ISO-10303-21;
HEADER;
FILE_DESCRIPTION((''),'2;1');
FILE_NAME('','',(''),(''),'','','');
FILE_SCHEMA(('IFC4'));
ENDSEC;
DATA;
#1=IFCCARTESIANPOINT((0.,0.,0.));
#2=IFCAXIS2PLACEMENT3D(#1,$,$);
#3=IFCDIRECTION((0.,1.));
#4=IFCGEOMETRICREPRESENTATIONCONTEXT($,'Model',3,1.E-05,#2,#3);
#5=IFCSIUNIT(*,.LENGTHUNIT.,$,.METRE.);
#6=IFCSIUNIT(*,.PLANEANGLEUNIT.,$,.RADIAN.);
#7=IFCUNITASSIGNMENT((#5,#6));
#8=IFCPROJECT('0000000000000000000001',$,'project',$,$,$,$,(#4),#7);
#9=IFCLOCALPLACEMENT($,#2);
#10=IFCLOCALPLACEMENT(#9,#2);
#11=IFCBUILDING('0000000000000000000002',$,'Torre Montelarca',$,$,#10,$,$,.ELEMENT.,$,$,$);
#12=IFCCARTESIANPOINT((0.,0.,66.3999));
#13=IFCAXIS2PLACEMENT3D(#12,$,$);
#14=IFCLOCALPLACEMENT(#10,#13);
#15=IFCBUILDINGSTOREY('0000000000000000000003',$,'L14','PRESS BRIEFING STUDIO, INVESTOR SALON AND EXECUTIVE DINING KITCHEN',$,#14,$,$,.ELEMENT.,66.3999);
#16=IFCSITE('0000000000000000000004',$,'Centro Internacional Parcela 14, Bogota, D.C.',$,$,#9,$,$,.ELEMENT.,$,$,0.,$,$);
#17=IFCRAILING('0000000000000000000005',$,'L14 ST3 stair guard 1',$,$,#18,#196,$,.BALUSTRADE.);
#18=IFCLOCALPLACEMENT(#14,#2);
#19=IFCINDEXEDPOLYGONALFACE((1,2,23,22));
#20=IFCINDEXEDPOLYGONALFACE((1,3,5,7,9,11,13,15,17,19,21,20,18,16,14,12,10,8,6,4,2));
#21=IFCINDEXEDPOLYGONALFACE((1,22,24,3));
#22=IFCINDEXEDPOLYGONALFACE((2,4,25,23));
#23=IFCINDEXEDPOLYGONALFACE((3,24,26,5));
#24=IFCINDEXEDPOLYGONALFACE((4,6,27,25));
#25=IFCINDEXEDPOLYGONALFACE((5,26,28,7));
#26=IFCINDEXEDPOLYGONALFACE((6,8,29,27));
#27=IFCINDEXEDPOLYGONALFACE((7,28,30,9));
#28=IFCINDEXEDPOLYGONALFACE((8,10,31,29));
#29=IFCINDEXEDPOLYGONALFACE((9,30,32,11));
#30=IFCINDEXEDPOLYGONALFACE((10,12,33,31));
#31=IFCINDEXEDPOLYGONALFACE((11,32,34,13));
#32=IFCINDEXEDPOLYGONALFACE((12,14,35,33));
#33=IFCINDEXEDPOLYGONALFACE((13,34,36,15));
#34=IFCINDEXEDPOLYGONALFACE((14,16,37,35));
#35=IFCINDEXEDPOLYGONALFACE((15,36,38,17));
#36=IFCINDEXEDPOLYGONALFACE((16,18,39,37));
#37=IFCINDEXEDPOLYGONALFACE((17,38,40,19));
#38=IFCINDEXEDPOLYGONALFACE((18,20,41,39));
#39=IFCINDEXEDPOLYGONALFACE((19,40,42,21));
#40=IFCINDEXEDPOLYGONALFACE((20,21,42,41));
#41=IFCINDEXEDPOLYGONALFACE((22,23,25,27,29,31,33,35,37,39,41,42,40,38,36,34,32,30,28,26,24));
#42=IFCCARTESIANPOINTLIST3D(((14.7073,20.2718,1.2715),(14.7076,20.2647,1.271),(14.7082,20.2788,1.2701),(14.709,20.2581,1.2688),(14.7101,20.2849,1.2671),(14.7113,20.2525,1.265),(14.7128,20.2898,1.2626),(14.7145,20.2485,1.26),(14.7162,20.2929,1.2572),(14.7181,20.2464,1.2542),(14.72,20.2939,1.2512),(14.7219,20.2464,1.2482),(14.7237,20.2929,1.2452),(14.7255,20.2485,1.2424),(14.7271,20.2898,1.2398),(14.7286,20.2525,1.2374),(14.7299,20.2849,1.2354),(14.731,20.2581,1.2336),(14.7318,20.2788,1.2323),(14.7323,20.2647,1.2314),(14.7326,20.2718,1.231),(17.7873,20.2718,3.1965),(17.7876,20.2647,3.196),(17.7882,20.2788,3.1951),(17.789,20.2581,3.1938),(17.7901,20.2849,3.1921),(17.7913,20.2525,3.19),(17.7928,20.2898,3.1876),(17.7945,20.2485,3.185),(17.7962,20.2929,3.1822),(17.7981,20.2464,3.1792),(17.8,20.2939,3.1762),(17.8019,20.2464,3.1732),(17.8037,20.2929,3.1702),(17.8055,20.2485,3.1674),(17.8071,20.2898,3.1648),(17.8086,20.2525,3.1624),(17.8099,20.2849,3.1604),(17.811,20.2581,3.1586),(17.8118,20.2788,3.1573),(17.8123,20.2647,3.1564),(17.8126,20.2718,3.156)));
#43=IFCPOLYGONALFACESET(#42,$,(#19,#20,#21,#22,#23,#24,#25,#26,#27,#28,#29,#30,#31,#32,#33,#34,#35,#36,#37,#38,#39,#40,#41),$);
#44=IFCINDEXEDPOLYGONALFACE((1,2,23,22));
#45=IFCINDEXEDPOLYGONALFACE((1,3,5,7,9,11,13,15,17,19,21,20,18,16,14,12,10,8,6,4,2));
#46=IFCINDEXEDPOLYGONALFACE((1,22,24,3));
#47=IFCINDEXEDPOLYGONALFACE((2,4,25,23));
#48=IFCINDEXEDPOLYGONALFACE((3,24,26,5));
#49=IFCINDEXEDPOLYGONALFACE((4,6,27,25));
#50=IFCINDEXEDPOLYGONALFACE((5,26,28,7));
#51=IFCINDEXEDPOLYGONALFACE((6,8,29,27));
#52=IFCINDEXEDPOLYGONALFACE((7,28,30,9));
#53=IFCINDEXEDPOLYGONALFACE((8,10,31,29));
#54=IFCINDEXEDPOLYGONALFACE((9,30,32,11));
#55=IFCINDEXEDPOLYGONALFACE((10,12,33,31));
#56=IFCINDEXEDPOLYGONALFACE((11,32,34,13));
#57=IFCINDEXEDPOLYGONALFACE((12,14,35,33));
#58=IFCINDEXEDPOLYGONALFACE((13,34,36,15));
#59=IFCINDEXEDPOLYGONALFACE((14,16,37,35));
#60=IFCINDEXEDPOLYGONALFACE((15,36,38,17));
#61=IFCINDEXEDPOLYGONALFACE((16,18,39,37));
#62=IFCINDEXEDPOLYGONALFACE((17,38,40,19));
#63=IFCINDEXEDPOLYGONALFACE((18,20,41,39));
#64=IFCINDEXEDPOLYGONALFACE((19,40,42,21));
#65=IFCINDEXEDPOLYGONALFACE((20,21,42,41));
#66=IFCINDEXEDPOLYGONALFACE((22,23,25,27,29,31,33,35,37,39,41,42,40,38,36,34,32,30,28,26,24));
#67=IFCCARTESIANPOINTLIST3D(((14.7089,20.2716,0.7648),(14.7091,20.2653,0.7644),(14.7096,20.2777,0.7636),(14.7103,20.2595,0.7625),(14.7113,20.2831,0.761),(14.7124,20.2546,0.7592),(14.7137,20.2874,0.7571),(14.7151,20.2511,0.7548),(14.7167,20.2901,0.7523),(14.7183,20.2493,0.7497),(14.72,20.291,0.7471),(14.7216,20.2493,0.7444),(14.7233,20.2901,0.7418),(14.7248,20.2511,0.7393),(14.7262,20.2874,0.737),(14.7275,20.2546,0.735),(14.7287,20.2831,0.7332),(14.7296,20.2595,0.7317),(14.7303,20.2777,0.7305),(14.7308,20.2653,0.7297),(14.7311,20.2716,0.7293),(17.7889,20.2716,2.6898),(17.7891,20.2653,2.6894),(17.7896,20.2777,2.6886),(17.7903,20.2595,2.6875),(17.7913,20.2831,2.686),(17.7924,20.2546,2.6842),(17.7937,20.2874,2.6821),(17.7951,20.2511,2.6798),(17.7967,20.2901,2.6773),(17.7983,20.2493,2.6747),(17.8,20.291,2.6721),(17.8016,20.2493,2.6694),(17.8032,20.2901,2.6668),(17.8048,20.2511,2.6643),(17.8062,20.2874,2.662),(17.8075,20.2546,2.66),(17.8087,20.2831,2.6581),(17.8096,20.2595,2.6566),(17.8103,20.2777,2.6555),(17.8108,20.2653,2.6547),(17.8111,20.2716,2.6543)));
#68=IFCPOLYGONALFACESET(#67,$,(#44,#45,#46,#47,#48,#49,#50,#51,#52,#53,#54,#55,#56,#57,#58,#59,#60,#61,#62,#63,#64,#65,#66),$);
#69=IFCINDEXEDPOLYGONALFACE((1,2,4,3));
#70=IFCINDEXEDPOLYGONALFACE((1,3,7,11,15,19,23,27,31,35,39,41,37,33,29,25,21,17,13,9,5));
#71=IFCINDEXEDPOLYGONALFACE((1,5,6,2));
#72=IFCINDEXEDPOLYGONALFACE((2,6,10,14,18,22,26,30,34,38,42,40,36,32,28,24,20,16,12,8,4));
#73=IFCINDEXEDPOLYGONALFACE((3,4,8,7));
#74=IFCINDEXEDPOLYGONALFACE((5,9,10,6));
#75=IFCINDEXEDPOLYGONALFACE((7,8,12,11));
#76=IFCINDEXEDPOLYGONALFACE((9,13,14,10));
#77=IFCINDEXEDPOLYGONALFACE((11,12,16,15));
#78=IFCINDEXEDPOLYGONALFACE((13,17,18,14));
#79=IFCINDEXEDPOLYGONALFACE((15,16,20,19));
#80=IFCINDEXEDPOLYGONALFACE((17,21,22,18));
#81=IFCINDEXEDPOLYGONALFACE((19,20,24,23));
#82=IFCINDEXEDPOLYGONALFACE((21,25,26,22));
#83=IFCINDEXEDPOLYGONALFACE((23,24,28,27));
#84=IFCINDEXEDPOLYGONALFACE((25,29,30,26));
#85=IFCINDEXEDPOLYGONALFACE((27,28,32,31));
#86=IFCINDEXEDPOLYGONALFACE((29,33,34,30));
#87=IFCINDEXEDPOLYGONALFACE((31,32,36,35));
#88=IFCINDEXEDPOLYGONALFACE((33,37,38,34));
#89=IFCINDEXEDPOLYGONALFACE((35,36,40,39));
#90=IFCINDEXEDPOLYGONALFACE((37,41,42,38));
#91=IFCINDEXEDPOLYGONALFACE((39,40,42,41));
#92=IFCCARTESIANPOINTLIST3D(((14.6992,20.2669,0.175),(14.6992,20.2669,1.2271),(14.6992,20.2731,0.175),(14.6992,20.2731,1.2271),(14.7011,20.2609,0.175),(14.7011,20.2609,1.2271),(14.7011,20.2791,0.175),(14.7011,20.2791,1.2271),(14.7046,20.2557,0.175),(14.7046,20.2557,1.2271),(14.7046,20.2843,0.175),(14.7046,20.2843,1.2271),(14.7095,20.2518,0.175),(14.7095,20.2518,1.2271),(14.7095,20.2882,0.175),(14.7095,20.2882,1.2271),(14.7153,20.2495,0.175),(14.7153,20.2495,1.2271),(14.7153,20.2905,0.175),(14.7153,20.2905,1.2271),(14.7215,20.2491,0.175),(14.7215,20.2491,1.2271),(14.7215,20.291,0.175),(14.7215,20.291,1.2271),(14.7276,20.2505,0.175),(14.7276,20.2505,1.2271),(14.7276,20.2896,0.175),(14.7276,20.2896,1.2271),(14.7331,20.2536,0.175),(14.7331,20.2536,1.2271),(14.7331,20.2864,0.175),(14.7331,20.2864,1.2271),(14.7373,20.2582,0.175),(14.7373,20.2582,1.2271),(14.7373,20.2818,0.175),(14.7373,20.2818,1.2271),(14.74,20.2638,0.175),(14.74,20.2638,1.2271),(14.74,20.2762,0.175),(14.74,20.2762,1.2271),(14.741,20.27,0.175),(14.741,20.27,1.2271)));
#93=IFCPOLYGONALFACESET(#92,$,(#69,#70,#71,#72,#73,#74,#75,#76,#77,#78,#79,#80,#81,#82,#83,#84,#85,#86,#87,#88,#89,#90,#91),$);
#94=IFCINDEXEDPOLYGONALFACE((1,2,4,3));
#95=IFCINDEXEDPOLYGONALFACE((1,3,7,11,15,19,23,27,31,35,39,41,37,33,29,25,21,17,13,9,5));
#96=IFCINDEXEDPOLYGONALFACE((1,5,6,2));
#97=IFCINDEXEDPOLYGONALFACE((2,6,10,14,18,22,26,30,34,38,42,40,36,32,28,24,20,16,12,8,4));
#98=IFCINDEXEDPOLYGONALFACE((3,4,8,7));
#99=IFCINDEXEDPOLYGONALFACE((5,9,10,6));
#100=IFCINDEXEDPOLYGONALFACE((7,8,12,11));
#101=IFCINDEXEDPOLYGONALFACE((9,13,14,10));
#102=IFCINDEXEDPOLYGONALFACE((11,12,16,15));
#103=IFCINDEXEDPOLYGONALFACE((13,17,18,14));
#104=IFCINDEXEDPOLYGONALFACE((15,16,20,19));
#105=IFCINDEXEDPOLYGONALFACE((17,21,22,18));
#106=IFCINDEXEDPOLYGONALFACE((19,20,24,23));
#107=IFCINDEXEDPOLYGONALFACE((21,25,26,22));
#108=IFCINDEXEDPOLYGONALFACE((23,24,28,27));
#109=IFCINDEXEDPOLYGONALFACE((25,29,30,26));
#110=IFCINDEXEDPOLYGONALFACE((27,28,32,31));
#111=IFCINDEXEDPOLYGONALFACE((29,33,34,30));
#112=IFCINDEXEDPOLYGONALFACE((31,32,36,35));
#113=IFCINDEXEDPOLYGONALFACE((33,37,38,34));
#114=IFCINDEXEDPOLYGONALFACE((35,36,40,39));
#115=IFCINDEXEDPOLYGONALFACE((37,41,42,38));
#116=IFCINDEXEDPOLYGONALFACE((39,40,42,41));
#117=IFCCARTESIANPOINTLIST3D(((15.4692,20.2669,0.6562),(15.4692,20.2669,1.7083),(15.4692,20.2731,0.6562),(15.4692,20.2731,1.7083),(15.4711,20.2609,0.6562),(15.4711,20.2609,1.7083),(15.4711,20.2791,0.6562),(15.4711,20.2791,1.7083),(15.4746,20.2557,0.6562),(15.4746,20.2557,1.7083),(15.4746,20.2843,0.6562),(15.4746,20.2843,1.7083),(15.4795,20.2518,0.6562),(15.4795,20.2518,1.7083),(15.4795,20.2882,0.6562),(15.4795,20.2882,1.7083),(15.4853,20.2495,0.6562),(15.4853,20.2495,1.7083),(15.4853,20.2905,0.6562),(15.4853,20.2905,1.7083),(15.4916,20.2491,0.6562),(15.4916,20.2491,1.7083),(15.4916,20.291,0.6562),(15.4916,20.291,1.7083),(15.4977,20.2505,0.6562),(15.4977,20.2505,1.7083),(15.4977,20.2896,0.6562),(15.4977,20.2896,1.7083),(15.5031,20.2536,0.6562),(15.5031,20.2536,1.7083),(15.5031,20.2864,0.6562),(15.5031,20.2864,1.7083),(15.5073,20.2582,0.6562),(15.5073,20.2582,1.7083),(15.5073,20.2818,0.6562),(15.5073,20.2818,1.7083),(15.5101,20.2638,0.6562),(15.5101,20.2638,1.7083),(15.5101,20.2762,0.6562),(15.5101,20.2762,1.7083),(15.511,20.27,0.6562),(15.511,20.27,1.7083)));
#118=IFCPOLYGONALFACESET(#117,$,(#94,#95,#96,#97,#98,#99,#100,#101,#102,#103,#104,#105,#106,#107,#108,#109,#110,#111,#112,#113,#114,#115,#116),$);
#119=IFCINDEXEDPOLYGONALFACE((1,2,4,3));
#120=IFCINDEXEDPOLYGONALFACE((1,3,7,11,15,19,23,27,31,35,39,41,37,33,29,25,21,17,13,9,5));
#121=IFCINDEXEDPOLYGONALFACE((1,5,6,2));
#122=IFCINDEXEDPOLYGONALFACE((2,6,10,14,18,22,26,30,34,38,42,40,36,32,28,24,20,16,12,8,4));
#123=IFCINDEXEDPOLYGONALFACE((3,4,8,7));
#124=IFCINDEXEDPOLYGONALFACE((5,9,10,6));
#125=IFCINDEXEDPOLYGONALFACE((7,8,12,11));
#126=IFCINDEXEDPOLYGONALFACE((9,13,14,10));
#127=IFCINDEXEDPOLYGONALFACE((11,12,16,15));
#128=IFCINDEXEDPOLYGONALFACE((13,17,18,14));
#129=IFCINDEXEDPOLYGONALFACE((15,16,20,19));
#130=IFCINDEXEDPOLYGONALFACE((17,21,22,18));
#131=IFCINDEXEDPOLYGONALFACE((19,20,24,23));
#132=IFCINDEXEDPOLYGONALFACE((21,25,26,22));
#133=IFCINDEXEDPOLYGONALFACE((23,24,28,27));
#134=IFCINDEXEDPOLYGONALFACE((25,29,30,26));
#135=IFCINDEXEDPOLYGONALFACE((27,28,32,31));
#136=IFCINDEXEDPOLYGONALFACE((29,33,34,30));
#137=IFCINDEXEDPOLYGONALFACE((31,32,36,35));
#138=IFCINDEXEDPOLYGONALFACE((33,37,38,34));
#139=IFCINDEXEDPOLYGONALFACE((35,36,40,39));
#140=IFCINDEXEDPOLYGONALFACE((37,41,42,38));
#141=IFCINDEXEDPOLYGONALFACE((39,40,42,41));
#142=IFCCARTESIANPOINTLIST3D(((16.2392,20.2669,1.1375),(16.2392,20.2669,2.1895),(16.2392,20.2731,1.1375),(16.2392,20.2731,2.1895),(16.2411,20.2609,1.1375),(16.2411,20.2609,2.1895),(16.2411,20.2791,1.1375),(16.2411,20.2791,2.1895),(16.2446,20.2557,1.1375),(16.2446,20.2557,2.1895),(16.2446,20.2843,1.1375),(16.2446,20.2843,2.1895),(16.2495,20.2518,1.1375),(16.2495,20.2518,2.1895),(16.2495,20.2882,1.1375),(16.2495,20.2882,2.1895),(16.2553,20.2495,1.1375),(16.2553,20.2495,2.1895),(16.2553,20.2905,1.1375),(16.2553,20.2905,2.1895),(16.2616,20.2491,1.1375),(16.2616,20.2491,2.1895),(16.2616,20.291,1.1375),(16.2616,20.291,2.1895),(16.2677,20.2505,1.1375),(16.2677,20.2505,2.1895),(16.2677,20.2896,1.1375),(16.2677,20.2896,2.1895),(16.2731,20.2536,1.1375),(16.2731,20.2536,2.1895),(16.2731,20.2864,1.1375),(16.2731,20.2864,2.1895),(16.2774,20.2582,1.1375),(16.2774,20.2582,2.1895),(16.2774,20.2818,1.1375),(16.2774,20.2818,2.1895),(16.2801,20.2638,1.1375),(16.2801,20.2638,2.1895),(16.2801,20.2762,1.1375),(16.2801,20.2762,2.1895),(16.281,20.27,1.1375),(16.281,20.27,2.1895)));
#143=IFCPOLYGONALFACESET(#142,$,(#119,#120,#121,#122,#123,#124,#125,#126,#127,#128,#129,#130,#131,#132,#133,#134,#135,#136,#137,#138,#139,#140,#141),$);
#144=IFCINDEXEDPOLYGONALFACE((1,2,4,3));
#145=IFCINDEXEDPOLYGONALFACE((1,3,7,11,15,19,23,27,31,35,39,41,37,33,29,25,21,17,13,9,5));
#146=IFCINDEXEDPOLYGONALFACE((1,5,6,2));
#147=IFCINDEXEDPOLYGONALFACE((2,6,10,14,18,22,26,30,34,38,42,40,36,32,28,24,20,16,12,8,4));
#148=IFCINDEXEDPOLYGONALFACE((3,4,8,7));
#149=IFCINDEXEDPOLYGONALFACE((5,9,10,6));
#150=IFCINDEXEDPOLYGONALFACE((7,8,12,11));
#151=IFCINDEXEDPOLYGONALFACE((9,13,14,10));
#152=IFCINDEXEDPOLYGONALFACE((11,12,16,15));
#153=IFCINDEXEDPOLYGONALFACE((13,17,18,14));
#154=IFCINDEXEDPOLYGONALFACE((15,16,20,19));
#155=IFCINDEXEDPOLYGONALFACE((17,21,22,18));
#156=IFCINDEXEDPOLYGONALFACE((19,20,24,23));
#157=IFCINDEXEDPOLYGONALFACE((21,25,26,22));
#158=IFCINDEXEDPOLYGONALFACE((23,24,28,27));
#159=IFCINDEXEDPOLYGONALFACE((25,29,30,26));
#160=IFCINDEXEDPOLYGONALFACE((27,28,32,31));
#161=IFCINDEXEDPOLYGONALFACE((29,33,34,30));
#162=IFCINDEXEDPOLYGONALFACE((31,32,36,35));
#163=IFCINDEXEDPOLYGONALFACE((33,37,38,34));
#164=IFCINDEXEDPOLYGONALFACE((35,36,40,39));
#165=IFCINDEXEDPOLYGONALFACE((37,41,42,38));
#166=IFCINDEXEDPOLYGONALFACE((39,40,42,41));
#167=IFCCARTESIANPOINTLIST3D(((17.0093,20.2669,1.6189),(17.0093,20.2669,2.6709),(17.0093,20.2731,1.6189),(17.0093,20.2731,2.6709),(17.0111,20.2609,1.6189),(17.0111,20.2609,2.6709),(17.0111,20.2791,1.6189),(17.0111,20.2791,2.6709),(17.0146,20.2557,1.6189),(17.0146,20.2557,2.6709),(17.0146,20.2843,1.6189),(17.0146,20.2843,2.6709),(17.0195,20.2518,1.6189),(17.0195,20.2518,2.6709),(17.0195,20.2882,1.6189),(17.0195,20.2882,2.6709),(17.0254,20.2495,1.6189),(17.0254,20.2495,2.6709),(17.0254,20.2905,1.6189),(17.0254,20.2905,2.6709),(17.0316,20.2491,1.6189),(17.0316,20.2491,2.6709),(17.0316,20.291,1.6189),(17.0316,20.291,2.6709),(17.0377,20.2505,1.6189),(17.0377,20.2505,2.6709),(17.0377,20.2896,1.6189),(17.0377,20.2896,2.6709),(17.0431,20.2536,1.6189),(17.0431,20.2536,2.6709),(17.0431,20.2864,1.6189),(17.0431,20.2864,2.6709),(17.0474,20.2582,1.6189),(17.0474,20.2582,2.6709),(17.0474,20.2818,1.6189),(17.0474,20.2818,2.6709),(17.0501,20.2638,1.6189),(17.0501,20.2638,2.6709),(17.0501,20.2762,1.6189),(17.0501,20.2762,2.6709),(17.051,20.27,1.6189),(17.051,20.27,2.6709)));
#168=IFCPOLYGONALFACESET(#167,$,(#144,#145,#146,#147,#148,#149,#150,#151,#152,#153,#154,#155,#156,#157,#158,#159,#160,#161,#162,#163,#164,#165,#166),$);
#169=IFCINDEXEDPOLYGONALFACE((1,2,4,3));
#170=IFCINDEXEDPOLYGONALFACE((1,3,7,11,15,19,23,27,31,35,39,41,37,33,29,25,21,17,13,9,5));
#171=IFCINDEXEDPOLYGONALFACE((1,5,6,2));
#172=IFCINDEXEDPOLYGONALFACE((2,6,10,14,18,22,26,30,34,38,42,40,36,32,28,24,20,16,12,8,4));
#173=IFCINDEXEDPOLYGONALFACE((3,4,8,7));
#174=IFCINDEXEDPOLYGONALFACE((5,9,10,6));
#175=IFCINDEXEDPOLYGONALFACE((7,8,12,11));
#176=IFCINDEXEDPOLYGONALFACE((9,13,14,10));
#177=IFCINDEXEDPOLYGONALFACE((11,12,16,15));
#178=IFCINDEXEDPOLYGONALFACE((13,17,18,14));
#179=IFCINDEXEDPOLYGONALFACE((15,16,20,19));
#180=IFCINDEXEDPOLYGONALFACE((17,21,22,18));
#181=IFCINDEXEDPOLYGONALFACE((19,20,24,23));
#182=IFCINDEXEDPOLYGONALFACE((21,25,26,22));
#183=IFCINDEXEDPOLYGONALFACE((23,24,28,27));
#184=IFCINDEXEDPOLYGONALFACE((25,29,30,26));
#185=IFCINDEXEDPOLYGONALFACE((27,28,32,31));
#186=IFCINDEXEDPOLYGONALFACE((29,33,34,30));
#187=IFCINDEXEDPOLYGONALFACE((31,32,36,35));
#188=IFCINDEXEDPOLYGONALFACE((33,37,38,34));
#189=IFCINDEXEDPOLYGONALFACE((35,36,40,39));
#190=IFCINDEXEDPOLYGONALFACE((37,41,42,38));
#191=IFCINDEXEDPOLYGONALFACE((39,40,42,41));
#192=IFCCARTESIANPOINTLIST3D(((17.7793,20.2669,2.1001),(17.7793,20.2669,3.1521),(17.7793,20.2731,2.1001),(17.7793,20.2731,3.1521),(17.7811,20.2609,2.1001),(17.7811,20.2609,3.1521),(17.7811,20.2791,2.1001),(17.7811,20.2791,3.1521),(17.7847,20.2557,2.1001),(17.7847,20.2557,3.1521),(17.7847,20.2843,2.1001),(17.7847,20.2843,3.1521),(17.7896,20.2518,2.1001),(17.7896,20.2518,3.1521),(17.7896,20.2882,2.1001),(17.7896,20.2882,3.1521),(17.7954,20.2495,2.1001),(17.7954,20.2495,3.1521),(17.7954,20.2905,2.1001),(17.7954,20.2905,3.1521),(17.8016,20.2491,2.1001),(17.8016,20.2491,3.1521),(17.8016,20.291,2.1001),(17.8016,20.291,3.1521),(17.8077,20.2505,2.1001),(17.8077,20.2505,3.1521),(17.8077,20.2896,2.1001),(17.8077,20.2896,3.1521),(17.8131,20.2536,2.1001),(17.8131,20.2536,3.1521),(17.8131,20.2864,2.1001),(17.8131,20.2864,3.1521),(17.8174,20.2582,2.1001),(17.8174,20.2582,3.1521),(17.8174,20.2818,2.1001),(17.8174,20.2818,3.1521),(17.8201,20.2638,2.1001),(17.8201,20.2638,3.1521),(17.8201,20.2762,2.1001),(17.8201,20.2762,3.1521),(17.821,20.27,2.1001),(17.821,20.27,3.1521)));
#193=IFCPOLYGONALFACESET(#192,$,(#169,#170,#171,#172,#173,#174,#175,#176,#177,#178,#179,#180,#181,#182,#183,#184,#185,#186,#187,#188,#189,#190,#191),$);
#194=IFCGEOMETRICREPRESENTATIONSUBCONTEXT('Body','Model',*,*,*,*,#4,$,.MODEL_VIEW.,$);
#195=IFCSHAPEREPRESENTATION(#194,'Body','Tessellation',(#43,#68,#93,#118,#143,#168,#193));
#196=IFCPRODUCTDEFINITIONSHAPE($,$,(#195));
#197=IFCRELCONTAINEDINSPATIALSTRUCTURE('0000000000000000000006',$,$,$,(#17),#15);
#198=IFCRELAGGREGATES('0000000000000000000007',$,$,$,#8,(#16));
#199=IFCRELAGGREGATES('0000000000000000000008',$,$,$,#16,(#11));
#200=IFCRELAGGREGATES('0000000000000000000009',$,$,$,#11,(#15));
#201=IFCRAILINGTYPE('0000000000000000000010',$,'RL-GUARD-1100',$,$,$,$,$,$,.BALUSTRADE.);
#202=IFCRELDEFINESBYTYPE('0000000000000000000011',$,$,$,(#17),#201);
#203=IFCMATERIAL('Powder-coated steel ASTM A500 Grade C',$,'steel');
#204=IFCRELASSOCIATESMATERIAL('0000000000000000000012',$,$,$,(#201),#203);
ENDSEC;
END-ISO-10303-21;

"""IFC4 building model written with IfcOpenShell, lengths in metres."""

from ifc_helpers import new_model, si_unit, direction, frame, origin, origin_2d, place, context, subcontext, project, spatial, circle, extrude, material, type_object, element, save


model = new_model("IFC4")

# Units and contexts
model_context = context("Model", 3, precision=1e-05, world=origin(), true_north=direction((0.0, 1.0)))
body_context = subcontext(model_context, "Body", "Model", "MODEL_VIEW")
ifc_project = project(units=[si_unit("LENGTHUNIT", "METRE"), si_unit("PLANEANGLEUNIT", "RADIAN")], contexts=[model_context])

# Site, building, storey
site_placement = place(None, origin())
site = spatial("IfcSite", under=ifc_project, at=site_placement, Name="Centro Internacional Parcela 14, Bogota, D.C.", CompositionType="ELEMENT", RefElevation=0.0)
building_placement = place(site_placement, origin())
building = spatial("IfcBuilding", under=site, at=building_placement, Name="Torre Montelarca", CompositionType="ELEMENT")
storey_placement = place(building_placement, frame((0.0, 0.0, 66.3999)))
storey = spatial("IfcBuildingStorey", under=building, at=storey_placement, Name="L14", Description="PRESS BRIEFING STUDIO, INVESTOR SALON AND EXECUTIVE DINING KITCHEN", CompositionType="ELEMENT", Elevation=66.3999)

# Railing
ifc_material_1 = material(Name="Powder-coated steel ASTM A500 Grade C", Category="steel")
railing_type_1 = type_object("IfcRailingType", Name="RL-GUARD-1100", PredefinedType="BALUSTRADE", material=ifc_material_1)
railing_1_placement = place(storey_placement, frame((14.72, 20.27, 0.175)))
element("IfcRailing", 1, at=railing_1_placement, inside=storey, type_object=railing_type_1, Name="L14 ST3 stair guard 1", PredefinedType="BALUSTRADE", context=body_context, shape_type="SweptSolid", body=[
    extrude(circle(Radius=0.0239, at=origin_2d()), frame((0.0, 0.0, 1.0762), z_axis=(0.847998, 0.0, 0.529999), x_axis=(0.0, 1.0, 0.0)), (0.0, 0.0, 1.0), 3.6321),
    extrude(circle(Radius=0.021, at=origin_2d()), frame((0.0, 0.0, 0.572), z_axis=(0.847998, 0.0, 0.529999), x_axis=(0.0, 1.0, 0.0)), (0.0, 0.0, 1.0), 3.6321),
    extrude(circle(Radius=0.021, at=origin_2d()), origin(), (0.0, 0.0, 1.0), 1.052),
    extrude(circle(Radius=0.021, at=origin_2d()), frame((0.77, 0.0, 0.4812)), (0.0, 0.0, 1.0), 1.052),
    extrude(circle(Radius=0.021, at=origin_2d()), frame((1.54, 0.0, 0.9624)), (0.0, 0.0, 1.0), 1.052),
    extrude(circle(Radius=0.021, at=origin_2d()), frame((2.3101, 0.0, 1.4438)), (0.0, 0.0, 1.0), 1.052),
    extrude(circle(Radius=0.021, at=origin_2d()), frame((3.0801, 0.0, 1.925)), (0.0, 0.0, 1.0), 1.052),
])

save(model, "model.ifc")
